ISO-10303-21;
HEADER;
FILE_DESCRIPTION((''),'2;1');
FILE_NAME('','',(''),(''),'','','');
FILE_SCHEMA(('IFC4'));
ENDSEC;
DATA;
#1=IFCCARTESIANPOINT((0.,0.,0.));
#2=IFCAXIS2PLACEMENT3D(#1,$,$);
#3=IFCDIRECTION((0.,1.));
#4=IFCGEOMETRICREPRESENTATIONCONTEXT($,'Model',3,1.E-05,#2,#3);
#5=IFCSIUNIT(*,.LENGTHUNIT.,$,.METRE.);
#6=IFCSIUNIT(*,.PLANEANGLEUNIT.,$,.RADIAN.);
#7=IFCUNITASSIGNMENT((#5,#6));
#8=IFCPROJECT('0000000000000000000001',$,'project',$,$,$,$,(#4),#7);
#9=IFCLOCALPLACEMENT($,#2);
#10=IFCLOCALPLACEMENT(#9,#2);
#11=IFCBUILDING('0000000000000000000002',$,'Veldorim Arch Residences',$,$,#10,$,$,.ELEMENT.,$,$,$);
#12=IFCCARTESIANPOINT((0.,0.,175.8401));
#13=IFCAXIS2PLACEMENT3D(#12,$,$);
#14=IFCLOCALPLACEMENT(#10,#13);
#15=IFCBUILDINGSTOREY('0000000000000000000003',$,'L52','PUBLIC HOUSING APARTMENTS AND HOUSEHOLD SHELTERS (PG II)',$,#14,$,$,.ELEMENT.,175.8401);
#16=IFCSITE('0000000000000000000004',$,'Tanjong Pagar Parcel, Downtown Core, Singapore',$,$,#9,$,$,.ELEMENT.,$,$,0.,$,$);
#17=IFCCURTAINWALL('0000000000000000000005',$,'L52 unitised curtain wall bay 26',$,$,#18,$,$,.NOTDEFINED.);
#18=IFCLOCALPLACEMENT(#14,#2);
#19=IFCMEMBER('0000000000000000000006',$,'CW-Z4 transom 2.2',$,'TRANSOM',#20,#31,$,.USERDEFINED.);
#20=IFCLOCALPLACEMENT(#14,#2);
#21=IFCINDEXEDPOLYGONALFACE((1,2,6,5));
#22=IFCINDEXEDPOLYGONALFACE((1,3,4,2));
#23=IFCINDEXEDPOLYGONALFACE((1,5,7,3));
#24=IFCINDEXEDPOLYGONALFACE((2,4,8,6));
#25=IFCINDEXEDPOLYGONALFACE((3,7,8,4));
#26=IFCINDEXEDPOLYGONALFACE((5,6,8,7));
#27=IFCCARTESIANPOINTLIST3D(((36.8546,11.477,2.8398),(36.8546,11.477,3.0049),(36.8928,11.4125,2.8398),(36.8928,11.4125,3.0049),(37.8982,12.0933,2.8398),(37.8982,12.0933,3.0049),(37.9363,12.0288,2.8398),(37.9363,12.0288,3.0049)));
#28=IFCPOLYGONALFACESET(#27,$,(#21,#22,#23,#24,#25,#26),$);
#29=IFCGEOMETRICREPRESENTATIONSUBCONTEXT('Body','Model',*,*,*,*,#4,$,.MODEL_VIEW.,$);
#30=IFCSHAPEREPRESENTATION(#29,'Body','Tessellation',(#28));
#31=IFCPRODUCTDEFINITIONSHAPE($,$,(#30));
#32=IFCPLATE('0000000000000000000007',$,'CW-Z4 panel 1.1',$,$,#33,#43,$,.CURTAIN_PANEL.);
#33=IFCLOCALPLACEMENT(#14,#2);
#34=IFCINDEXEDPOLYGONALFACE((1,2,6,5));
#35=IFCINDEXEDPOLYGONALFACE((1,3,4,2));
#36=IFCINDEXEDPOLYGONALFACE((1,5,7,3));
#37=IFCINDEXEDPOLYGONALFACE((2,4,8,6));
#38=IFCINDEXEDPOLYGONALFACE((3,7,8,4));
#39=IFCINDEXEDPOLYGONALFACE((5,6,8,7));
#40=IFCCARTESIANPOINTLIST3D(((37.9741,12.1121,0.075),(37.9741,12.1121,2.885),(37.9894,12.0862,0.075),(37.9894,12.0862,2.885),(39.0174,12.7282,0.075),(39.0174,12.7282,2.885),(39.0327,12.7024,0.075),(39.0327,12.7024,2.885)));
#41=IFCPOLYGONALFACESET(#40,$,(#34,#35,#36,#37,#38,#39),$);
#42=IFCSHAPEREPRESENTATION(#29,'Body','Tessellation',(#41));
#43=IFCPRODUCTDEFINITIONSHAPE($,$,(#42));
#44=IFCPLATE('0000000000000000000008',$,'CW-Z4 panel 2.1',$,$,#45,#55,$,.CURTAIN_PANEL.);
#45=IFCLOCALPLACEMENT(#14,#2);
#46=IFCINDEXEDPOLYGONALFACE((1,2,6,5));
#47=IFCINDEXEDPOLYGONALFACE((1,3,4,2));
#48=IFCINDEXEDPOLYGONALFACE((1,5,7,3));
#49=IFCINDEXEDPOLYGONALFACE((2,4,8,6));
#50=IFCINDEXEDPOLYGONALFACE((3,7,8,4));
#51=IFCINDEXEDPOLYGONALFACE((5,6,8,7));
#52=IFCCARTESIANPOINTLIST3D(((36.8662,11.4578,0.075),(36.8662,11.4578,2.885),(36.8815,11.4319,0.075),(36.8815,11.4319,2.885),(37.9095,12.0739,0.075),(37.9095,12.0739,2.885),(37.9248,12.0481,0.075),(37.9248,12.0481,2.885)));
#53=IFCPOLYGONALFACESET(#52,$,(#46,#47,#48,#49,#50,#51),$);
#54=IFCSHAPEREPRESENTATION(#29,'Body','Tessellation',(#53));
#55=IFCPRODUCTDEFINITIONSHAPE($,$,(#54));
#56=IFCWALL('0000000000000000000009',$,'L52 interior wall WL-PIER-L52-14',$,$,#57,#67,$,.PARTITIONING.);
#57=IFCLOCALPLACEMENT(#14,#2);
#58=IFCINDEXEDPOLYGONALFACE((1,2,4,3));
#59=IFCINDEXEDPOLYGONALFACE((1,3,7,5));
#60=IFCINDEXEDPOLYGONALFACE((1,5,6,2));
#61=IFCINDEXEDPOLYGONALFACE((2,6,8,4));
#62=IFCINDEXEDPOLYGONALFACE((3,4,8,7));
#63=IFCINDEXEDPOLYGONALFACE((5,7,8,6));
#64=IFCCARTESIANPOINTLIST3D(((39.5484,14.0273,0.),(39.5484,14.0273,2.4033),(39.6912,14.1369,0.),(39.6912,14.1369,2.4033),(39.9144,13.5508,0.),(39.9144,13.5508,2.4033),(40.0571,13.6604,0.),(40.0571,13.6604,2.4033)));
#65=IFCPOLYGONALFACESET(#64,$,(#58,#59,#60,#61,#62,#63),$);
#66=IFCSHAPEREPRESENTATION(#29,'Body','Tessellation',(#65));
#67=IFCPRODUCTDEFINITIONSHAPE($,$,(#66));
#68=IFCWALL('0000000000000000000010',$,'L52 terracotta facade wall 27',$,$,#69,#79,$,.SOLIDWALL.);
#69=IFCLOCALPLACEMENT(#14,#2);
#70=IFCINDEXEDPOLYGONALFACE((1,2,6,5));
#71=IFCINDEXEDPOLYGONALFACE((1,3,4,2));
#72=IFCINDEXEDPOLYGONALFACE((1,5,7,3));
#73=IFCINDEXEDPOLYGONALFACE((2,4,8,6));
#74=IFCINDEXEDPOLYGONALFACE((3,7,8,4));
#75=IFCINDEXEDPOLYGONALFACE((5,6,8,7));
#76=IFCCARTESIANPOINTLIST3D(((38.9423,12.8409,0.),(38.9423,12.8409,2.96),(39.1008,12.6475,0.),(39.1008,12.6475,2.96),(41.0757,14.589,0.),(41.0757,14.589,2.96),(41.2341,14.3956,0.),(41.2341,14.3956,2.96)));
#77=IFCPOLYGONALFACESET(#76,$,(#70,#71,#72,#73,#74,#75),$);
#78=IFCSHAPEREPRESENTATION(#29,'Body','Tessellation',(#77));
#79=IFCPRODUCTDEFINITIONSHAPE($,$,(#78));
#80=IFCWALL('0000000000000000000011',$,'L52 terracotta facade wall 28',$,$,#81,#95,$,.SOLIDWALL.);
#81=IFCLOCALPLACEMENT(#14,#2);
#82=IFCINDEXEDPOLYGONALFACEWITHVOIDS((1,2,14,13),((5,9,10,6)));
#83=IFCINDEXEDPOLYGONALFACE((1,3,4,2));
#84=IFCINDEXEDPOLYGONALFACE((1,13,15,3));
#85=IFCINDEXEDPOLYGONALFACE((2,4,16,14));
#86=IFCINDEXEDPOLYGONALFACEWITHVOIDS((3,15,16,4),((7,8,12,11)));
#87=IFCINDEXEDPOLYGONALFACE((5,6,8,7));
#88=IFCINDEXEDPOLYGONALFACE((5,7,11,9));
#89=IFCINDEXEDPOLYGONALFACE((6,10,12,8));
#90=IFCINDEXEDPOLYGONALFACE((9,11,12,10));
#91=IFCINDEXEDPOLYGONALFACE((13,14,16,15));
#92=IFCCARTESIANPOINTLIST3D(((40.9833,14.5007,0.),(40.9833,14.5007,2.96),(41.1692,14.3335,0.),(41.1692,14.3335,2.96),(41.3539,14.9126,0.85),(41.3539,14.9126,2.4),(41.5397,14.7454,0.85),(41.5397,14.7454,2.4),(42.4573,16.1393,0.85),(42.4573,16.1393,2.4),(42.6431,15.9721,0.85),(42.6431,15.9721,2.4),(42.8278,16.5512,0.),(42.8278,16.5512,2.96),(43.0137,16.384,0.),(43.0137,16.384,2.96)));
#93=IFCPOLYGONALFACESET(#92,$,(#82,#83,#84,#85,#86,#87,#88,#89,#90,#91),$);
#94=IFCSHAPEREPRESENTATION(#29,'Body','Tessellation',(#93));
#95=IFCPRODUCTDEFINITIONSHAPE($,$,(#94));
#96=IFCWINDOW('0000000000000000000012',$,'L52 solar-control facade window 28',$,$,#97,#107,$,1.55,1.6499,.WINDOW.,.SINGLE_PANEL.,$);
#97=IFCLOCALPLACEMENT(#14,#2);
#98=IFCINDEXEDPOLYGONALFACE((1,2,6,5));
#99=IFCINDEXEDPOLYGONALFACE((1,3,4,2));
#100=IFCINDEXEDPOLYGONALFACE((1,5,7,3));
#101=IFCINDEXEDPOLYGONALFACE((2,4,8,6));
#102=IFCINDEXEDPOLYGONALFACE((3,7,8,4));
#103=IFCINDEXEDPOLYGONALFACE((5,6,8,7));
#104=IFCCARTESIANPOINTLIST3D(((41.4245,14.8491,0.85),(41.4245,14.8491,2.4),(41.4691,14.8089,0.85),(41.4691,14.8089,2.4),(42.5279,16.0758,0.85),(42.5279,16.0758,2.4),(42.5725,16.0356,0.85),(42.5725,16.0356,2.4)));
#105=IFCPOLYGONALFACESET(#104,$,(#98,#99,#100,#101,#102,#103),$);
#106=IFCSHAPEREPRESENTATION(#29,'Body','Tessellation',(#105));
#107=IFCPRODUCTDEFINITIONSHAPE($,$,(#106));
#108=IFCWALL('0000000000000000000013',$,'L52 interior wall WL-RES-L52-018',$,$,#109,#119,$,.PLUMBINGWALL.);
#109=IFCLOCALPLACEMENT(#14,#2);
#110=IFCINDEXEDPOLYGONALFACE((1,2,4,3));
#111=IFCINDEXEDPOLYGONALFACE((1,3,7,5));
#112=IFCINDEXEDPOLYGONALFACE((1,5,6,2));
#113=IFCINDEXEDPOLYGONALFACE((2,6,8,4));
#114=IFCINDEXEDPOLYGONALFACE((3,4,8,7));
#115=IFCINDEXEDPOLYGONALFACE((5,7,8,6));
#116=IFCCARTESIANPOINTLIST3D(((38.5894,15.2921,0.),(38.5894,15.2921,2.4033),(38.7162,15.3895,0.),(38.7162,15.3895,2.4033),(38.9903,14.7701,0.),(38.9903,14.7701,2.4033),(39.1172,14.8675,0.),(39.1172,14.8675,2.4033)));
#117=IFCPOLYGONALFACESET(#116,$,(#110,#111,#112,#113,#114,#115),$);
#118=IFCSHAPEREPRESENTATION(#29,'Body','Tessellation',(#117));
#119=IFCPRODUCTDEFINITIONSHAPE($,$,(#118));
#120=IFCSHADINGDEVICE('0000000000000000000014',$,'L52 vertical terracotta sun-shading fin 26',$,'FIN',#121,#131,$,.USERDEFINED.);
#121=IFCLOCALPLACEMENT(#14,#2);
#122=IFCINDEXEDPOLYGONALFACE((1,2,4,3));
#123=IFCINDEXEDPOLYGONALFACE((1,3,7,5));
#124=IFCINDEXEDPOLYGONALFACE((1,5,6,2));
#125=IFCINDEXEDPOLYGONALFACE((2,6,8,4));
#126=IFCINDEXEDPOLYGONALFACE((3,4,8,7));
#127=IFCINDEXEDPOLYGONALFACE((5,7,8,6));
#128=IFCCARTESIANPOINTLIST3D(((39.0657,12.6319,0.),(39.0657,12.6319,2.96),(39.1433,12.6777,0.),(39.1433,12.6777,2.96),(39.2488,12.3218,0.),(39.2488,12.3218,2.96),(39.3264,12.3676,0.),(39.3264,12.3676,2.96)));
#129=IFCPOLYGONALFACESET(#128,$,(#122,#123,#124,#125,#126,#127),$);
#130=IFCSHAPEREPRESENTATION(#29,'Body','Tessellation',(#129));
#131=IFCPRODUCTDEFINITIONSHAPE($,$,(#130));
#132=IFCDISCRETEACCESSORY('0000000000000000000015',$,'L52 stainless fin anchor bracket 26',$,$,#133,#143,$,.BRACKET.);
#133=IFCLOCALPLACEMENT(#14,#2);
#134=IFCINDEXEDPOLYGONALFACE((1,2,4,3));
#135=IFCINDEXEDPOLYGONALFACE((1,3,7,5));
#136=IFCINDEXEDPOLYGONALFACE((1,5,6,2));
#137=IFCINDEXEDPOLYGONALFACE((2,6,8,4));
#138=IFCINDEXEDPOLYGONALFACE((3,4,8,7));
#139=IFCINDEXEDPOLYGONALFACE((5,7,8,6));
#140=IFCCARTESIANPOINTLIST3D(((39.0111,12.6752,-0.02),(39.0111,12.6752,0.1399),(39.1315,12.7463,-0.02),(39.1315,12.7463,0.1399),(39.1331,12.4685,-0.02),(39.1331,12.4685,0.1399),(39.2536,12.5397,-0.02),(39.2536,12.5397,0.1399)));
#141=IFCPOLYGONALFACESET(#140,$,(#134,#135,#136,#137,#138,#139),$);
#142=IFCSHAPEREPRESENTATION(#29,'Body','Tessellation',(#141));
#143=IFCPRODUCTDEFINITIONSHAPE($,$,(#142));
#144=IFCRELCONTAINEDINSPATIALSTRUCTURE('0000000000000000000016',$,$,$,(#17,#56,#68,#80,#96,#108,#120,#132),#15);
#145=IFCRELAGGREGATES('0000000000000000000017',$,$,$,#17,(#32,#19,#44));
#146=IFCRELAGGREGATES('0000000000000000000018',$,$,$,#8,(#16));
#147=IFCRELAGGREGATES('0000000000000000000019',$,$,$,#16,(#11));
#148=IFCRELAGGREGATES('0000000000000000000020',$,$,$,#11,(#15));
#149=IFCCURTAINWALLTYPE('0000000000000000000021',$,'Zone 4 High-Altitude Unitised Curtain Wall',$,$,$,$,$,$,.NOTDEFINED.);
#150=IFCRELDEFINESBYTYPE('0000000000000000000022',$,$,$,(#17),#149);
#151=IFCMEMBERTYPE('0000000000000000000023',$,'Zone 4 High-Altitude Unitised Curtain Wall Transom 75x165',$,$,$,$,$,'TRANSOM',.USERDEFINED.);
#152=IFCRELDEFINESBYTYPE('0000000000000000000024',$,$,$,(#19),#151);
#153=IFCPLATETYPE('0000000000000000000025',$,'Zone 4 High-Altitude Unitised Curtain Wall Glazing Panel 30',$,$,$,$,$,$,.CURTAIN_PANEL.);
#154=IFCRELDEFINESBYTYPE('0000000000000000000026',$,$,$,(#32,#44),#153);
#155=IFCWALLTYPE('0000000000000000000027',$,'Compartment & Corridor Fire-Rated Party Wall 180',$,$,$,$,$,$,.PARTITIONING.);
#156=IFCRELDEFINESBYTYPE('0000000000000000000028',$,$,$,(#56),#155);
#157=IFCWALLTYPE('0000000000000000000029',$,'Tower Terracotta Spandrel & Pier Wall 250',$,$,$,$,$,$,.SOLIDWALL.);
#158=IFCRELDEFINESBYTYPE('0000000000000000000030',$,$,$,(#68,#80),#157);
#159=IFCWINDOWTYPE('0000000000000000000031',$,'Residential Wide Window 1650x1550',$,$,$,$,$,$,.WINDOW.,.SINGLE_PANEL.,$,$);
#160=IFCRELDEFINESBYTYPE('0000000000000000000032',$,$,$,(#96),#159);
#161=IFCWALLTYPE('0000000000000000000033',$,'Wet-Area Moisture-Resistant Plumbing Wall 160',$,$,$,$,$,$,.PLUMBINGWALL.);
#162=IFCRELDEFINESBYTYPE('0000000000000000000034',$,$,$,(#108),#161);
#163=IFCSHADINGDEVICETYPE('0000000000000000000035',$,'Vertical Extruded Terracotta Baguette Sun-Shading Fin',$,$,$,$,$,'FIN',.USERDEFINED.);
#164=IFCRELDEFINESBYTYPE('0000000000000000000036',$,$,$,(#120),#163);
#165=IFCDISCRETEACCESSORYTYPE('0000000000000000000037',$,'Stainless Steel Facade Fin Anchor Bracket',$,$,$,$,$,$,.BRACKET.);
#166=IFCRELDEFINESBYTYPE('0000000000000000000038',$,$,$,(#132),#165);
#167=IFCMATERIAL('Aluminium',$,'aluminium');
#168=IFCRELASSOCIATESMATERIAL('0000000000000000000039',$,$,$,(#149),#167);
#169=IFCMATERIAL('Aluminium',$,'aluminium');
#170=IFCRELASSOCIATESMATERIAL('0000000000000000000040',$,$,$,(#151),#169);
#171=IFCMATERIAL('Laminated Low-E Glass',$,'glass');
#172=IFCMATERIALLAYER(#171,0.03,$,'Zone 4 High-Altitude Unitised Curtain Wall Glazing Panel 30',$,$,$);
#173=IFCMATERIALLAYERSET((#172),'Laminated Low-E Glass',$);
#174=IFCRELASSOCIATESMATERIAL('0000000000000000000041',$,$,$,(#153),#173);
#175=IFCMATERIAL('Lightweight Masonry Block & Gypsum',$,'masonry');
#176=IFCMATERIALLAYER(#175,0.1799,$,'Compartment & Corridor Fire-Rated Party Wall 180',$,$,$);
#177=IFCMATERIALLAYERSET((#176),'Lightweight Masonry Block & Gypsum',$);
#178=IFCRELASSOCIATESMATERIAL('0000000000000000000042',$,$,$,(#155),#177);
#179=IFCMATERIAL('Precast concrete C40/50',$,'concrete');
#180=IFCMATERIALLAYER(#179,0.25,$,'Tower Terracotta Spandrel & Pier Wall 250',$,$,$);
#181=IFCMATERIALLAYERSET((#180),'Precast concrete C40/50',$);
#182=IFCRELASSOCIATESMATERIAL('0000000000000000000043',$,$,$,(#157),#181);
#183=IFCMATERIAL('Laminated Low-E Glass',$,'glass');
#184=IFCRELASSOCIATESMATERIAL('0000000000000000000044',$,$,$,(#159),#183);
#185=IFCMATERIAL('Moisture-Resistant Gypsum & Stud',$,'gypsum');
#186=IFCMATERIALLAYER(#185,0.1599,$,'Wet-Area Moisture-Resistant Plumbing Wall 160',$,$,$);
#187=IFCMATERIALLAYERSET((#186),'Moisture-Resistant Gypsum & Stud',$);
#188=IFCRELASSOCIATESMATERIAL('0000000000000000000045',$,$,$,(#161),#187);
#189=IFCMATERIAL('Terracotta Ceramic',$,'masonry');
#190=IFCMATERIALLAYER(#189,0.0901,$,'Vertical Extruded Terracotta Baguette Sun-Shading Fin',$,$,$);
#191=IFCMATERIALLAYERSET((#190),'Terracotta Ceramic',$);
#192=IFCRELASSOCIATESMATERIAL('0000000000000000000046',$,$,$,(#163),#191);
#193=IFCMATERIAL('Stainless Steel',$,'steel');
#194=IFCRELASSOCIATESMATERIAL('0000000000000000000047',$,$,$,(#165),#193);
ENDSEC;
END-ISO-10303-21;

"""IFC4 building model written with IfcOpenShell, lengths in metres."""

from ifc_helpers import new_model, si_unit, direction, frame, frame_2d, origin, origin_2d, place, context, subcontext, project, spatial, rectangle, extrude, material, layer, layer_set, material_profile, profile_set, type_object, element, fill, aggregate, save


model = new_model("IFC4")

# Units and contexts
model_context = context("Model", 3, precision=1e-05, world=origin(), true_north=direction((0.0, 1.0)))
body_context = subcontext(model_context, "Body", "Model", "MODEL_VIEW")
ifc_project = project(units=[si_unit("LENGTHUNIT", "METRE"), si_unit("PLANEANGLEUNIT", "RADIAN")], contexts=[model_context])

# Site, building, storey
site_placement = place(None, origin())
site = spatial("IfcSite", under=ifc_project, at=site_placement, Name="Tanjong Pagar Parcel, Downtown Core, Singapore", CompositionType="ELEMENT", RefElevation=0.0)
building_placement = place(site_placement, origin())
building = spatial("IfcBuilding", under=site, at=building_placement, Name="Veldorim Arch Residences", CompositionType="ELEMENT")
storey_placement = place(building_placement, frame((0.0, 0.0, 175.8401)))
storey = spatial("IfcBuildingStorey", under=building, at=storey_placement, Name="L52", Description="PUBLIC HOUSING APARTMENTS AND HOUSEHOLD SHELTERS (PG II)", CompositionType="ELEMENT", Elevation=175.8401)

# Curtain wall, member, plates
ifc_material_1 = material(Name="Aluminium", Category="aluminium")
curtain_wall_type = type_object("IfcCurtainWallType", Name="Zone 4 High-Altitude Unitised Curtain Wall", PredefinedType="NOTDEFINED", material=ifc_material_1)
curtain_wall_placement = place(storey_placement, origin())
curtain_wall = element("IfcCurtainWall", 1, at=curtain_wall_placement, inside=storey, type_object=curtain_wall_type, Name="L52 unitised curtain wall bay 26", PredefinedType="NOTDEFINED")
ifc_material_2 = material(Name="Aluminium", Category="aluminium")
ifc_material_profile_1 = material_profile(ifc_material_2, rectangle(XDim=0.075, YDim=0.165, at=origin_2d()), Name="ALU_TRN_75x165")
ifc_profile_set_1 = profile_set([ifc_material_profile_1], Name="Aluminium")
member_type_1 = type_object("IfcMemberType", Name="Zone 4 High-Altitude Unitised Curtain Wall Transom 75x165", ElementType="TRANSOM", PredefinedType="USERDEFINED", material=ifc_profile_set_1)
member_1_placement = place(storey_placement, frame((37.9172, 12.061, 2.9224), z_axis=(-0.861063, -0.508499, 0.0), x_axis=(0.508499, -0.861063, 0.0)))
member_1 = element("IfcMember", 2, at=member_1_placement, type_object=member_type_1, Name="CW-Z4 transom 2.2", ObjectType="TRANSOM", PredefinedType="USERDEFINED", context=body_context, shape_type="SweptSolid", body=[
    extrude(rectangle(XDim=0.075, YDim=0.165, at=origin_2d()), origin(), (0.0, 0.0, 1.0), 1.2119),
])
ifc_material_3 = material(Name="Laminated Low-E Glass", Category="glass")
ifc_layer_1 = layer(ifc_material_3, 0.03, Name="Zone 4 High-Altitude Unitised Curtain Wall Glazing Panel 30")
ifc_layer_set_1 = layer_set([ifc_layer_1], Name="Laminated Low-E Glass")
plate_type = type_object("IfcPlateType", Name="Zone 4 High-Altitude Unitised Curtain Wall Glazing Panel 30", PredefinedType="CURTAIN_PANEL", material=ifc_layer_set_1)
plate_1_placement = place(storey_placement, frame((38.5034, 12.4072, 0.075), z_axis=(0.0, 0.0, 1.0), x_axis=(-0.861054, -0.508514, 0.0)))
plate_1 = element("IfcPlate", 3, at=plate_1_placement, type_object=plate_type, Name="CW-Z4 panel 1.1", PredefinedType="CURTAIN_PANEL", context=body_context, shape_type="SweptSolid", body=[
    extrude(rectangle(XDim=1.2117, YDim=0.03, at=origin_2d()), origin(), (0.0, 0.0, 1.0), 2.8101),
])
plate_2_placement = place(storey_placement, frame((37.3955, 11.7529, 0.075), z_axis=(0.0, 0.0, 1.0), x_axis=(-0.861054, -0.508514, 0.0)))
plate_2 = element("IfcPlate", 4, at=plate_2_placement, type_object=plate_type, Name="CW-Z4 panel 2.1", PredefinedType="CURTAIN_PANEL", context=body_context, shape_type="SweptSolid", body=[
    extrude(rectangle(XDim=1.2117, YDim=0.03, at=origin_2d()), origin(), (0.0, 0.0, 1.0), 2.8101),
])
aggregate(curtain_wall, [plate_1, member_1, plate_2])

# Wall
ifc_material_4 = material(Name="Lightweight Masonry Block & Gypsum", Category="masonry")
ifc_layer_2 = layer(ifc_material_4, 0.1799, Name="Compartment & Corridor Fire-Rated Party Wall 180")
ifc_layer_set_2 = layer_set([ifc_layer_2], Name="Lightweight Masonry Block & Gypsum")
wall_type_1 = type_object("IfcWallType", Name="Compartment & Corridor Fire-Rated Party Wall 180", PredefinedType="PARTITIONING", material=ifc_layer_set_2)
wall_1_placement = place(storey_placement, frame((39.6199, 14.082, 0.0), z_axis=(0.0, 0.0, 1.0), x_axis=(0.609063, -0.793122, 0.0)))
element("IfcWall", 5, at=wall_1_placement, inside=storey, type_object=wall_type_1, Name="L52 interior wall WL-PIER-L52-14", PredefinedType="PARTITIONING", context=body_context, shape_type="SweptSolid", body=[
    extrude(rectangle(XDim=0.6008, YDim=0.1799, at=frame_2d((0.3003, 0.0))), origin(), (0.0, 0.0, 1.0), 2.4033),
])

# Wall
ifc_material_5 = material(Name="Precast concrete C40/50", Category="concrete")
ifc_layer_3 = layer(ifc_material_5, 0.25, Name="Tower Terracotta Spandrel & Pier Wall 250")
ifc_layer_set_3 = layer_set([ifc_layer_3], Name="Precast concrete C40/50")
wall_type_2 = type_object("IfcWallType", Name="Tower Terracotta Spandrel & Pier Wall 250", PredefinedType="SOLIDWALL", material=ifc_layer_set_3)
wall_2_placement = place(storey_placement, frame((41.1548, 14.4922, 0.0), z_axis=(0.0, 0.0, 1.0), x_axis=(-0.773492, -0.633806, 0.0)))
element("IfcWall", 6, at=wall_2_placement, inside=storey, type_object=wall_type_2, Name="L52 terracotta facade wall 27", PredefinedType="SOLIDWALL", context=body_context, shape_type="SweptSolid", body=[
    extrude(rectangle(XDim=2.7581, YDim=0.25, at=frame_2d((1.3789, 0.0))), origin(), (0.0, 0.0, 1.0), 2.96),
])

# Wall, opening, window
wall_3_placement = place(storey_placement, frame((42.9207, 16.4675, 0.0), z_axis=(0.0, 0.0, 1.0), x_axis=(-0.668764, -0.743475, 0.0)))
wall_3 = element("IfcWall", 7, at=wall_3_placement, inside=storey, type_object=wall_type_2, Name="L52 terracotta facade wall 28", PredefinedType="SOLIDWALL", context=body_context, shape_type="SweptSolid", body=[
    extrude(rectangle(XDim=2.7581, YDim=0.25, at=frame_2d((1.3789, 0.0))), origin(), (0.0, 0.0, 1.0), 2.96),
])
opening_1_placement = place(wall_3_placement, frame((0.554, 0.0, 0.8501)))
opening_1 = element("IfcOpeningElement", 8, at=opening_1_placement, cuts=wall_3, PredefinedType="OPENING", context=body_context, shape_type="SweptSolid", body=[
    extrude(rectangle(XDim=1.6499, YDim=1.55, at=frame_2d((0.825, 0.7749))), frame((0.0, 0.135, 0.0), z_axis=(0.0, -1.0, 0.0), x_axis=(1.0, 0.0, 0.0)), (0.0, 0.0, 1.0), 0.27),
])
ifc_material_6 = material(Name="Laminated Low-E Glass", Category="glass")
window_type = type_object("IfcWindowType", Name="Residential Wide Window 1650x1550", PartitioningType="SINGLE_PANEL", PredefinedType="WINDOW", material=ifc_material_6)
window_placement = place(opening_1_placement, origin())
window = element("IfcWindow", 9, at=window_placement, inside=storey, type_object=window_type, Name="L52 solar-control facade window 28", OverallHeight=1.55, OverallWidth=1.6499, PartitioningType="SINGLE_PANEL", PredefinedType="WINDOW", context=body_context, shape_type="SweptSolid", body=[
    extrude(rectangle(XDim=1.6499, YDim=1.55, at=frame_2d((0.825, 0.7749))), frame((0.0, 0.03, 0.0), z_axis=(0.0, -1.0, 0.0), x_axis=(1.0, 0.0, 0.0)), (0.0, 0.0, 1.0), 0.0601),
])
fill(opening_1, window)

# Wall
ifc_material_7 = material(Name="Moisture-Resistant Gypsum & Stud", Category="gypsum")
ifc_layer_4 = layer(ifc_material_7, 0.1599, Name="Wet-Area Moisture-Resistant Plumbing Wall 160")
ifc_layer_set_4 = layer_set([ifc_layer_4], Name="Moisture-Resistant Gypsum & Stud")
wall_type_3 = type_object("IfcWallType", Name="Wet-Area Moisture-Resistant Plumbing Wall 160", PredefinedType="PLUMBINGWALL", material=ifc_layer_set_4)
wall_4_placement = place(storey_placement, frame((38.6528, 15.3408, 0.0), z_axis=(0.0, 0.0, 1.0), x_axis=(0.609101, -0.793093, 0.0)))
element("IfcWall", 10, at=wall_4_placement, inside=storey, type_object=wall_type_3, Name="L52 interior wall WL-RES-L52-018", PredefinedType="PLUMBINGWALL", context=body_context, shape_type="SweptSolid", body=[
    extrude(rectangle(XDim=0.6582, YDim=0.1599, at=frame_2d((0.3291, 0.0))), origin(), (0.0, 0.0, 1.0), 2.4033),
])

# Shading device
ifc_material_8 = material(Name="Terracotta Ceramic", Category="masonry")
ifc_layer_5 = layer(ifc_material_8, 0.0901, Name="Vertical Extruded Terracotta Baguette Sun-Shading Fin")
ifc_layer_set_5 = layer_set([ifc_layer_5], Name="Terracotta Ceramic")
shading_device_type = type_object("IfcShadingDeviceType", Name="Vertical Extruded Terracotta Baguette Sun-Shading Fin", ElementType="FIN", PredefinedType="USERDEFINED", material=ifc_layer_set_5)
shading_device_placement = place(storey_placement, frame((39.196, 12.4998, 0.0), z_axis=(0.0, 0.0, 1.0), x_axis=(-0.861097, -0.50844, 0.0)))
element("IfcShadingDevice", 11, at=shading_device_placement, inside=storey, type_object=shading_device_type, Name="L52 vertical terracotta sun-shading fin 26", ObjectType="FIN", PredefinedType="USERDEFINED", context=body_context, shape_type="SweptSolid", body=[
    extrude(rectangle(XDim=0.0901, YDim=0.3601, at=origin_2d()), origin(), (0.0, 0.0, 1.0), 2.96),
])

# Discrete accessory
ifc_material_9 = material(Name="Stainless Steel", Category="steel")
discrete_accessory_type = type_object("IfcDiscreteAccessoryType", Name="Stainless Steel Facade Fin Anchor Bracket", PredefinedType="BRACKET", material=ifc_material_9)
discrete_accessory_placement = place(storey_placement, frame((39.1323, 12.6074, -0.02), z_axis=(0.0, 0.0, 1.0), x_axis=(-0.861097, -0.50844, 0.0)))
element("IfcDiscreteAccessory", 12, at=discrete_accessory_placement, inside=storey, type_object=discrete_accessory_type, Name="L52 stainless fin anchor bracket 26", PredefinedType="BRACKET", context=body_context, shape_type="SweptSolid", body=[
    extrude(rectangle(XDim=0.1399, YDim=0.24, at=origin_2d()), origin(), (0.0, 0.0, 1.0), 0.1599),
])

save(model, "model.ifc")
